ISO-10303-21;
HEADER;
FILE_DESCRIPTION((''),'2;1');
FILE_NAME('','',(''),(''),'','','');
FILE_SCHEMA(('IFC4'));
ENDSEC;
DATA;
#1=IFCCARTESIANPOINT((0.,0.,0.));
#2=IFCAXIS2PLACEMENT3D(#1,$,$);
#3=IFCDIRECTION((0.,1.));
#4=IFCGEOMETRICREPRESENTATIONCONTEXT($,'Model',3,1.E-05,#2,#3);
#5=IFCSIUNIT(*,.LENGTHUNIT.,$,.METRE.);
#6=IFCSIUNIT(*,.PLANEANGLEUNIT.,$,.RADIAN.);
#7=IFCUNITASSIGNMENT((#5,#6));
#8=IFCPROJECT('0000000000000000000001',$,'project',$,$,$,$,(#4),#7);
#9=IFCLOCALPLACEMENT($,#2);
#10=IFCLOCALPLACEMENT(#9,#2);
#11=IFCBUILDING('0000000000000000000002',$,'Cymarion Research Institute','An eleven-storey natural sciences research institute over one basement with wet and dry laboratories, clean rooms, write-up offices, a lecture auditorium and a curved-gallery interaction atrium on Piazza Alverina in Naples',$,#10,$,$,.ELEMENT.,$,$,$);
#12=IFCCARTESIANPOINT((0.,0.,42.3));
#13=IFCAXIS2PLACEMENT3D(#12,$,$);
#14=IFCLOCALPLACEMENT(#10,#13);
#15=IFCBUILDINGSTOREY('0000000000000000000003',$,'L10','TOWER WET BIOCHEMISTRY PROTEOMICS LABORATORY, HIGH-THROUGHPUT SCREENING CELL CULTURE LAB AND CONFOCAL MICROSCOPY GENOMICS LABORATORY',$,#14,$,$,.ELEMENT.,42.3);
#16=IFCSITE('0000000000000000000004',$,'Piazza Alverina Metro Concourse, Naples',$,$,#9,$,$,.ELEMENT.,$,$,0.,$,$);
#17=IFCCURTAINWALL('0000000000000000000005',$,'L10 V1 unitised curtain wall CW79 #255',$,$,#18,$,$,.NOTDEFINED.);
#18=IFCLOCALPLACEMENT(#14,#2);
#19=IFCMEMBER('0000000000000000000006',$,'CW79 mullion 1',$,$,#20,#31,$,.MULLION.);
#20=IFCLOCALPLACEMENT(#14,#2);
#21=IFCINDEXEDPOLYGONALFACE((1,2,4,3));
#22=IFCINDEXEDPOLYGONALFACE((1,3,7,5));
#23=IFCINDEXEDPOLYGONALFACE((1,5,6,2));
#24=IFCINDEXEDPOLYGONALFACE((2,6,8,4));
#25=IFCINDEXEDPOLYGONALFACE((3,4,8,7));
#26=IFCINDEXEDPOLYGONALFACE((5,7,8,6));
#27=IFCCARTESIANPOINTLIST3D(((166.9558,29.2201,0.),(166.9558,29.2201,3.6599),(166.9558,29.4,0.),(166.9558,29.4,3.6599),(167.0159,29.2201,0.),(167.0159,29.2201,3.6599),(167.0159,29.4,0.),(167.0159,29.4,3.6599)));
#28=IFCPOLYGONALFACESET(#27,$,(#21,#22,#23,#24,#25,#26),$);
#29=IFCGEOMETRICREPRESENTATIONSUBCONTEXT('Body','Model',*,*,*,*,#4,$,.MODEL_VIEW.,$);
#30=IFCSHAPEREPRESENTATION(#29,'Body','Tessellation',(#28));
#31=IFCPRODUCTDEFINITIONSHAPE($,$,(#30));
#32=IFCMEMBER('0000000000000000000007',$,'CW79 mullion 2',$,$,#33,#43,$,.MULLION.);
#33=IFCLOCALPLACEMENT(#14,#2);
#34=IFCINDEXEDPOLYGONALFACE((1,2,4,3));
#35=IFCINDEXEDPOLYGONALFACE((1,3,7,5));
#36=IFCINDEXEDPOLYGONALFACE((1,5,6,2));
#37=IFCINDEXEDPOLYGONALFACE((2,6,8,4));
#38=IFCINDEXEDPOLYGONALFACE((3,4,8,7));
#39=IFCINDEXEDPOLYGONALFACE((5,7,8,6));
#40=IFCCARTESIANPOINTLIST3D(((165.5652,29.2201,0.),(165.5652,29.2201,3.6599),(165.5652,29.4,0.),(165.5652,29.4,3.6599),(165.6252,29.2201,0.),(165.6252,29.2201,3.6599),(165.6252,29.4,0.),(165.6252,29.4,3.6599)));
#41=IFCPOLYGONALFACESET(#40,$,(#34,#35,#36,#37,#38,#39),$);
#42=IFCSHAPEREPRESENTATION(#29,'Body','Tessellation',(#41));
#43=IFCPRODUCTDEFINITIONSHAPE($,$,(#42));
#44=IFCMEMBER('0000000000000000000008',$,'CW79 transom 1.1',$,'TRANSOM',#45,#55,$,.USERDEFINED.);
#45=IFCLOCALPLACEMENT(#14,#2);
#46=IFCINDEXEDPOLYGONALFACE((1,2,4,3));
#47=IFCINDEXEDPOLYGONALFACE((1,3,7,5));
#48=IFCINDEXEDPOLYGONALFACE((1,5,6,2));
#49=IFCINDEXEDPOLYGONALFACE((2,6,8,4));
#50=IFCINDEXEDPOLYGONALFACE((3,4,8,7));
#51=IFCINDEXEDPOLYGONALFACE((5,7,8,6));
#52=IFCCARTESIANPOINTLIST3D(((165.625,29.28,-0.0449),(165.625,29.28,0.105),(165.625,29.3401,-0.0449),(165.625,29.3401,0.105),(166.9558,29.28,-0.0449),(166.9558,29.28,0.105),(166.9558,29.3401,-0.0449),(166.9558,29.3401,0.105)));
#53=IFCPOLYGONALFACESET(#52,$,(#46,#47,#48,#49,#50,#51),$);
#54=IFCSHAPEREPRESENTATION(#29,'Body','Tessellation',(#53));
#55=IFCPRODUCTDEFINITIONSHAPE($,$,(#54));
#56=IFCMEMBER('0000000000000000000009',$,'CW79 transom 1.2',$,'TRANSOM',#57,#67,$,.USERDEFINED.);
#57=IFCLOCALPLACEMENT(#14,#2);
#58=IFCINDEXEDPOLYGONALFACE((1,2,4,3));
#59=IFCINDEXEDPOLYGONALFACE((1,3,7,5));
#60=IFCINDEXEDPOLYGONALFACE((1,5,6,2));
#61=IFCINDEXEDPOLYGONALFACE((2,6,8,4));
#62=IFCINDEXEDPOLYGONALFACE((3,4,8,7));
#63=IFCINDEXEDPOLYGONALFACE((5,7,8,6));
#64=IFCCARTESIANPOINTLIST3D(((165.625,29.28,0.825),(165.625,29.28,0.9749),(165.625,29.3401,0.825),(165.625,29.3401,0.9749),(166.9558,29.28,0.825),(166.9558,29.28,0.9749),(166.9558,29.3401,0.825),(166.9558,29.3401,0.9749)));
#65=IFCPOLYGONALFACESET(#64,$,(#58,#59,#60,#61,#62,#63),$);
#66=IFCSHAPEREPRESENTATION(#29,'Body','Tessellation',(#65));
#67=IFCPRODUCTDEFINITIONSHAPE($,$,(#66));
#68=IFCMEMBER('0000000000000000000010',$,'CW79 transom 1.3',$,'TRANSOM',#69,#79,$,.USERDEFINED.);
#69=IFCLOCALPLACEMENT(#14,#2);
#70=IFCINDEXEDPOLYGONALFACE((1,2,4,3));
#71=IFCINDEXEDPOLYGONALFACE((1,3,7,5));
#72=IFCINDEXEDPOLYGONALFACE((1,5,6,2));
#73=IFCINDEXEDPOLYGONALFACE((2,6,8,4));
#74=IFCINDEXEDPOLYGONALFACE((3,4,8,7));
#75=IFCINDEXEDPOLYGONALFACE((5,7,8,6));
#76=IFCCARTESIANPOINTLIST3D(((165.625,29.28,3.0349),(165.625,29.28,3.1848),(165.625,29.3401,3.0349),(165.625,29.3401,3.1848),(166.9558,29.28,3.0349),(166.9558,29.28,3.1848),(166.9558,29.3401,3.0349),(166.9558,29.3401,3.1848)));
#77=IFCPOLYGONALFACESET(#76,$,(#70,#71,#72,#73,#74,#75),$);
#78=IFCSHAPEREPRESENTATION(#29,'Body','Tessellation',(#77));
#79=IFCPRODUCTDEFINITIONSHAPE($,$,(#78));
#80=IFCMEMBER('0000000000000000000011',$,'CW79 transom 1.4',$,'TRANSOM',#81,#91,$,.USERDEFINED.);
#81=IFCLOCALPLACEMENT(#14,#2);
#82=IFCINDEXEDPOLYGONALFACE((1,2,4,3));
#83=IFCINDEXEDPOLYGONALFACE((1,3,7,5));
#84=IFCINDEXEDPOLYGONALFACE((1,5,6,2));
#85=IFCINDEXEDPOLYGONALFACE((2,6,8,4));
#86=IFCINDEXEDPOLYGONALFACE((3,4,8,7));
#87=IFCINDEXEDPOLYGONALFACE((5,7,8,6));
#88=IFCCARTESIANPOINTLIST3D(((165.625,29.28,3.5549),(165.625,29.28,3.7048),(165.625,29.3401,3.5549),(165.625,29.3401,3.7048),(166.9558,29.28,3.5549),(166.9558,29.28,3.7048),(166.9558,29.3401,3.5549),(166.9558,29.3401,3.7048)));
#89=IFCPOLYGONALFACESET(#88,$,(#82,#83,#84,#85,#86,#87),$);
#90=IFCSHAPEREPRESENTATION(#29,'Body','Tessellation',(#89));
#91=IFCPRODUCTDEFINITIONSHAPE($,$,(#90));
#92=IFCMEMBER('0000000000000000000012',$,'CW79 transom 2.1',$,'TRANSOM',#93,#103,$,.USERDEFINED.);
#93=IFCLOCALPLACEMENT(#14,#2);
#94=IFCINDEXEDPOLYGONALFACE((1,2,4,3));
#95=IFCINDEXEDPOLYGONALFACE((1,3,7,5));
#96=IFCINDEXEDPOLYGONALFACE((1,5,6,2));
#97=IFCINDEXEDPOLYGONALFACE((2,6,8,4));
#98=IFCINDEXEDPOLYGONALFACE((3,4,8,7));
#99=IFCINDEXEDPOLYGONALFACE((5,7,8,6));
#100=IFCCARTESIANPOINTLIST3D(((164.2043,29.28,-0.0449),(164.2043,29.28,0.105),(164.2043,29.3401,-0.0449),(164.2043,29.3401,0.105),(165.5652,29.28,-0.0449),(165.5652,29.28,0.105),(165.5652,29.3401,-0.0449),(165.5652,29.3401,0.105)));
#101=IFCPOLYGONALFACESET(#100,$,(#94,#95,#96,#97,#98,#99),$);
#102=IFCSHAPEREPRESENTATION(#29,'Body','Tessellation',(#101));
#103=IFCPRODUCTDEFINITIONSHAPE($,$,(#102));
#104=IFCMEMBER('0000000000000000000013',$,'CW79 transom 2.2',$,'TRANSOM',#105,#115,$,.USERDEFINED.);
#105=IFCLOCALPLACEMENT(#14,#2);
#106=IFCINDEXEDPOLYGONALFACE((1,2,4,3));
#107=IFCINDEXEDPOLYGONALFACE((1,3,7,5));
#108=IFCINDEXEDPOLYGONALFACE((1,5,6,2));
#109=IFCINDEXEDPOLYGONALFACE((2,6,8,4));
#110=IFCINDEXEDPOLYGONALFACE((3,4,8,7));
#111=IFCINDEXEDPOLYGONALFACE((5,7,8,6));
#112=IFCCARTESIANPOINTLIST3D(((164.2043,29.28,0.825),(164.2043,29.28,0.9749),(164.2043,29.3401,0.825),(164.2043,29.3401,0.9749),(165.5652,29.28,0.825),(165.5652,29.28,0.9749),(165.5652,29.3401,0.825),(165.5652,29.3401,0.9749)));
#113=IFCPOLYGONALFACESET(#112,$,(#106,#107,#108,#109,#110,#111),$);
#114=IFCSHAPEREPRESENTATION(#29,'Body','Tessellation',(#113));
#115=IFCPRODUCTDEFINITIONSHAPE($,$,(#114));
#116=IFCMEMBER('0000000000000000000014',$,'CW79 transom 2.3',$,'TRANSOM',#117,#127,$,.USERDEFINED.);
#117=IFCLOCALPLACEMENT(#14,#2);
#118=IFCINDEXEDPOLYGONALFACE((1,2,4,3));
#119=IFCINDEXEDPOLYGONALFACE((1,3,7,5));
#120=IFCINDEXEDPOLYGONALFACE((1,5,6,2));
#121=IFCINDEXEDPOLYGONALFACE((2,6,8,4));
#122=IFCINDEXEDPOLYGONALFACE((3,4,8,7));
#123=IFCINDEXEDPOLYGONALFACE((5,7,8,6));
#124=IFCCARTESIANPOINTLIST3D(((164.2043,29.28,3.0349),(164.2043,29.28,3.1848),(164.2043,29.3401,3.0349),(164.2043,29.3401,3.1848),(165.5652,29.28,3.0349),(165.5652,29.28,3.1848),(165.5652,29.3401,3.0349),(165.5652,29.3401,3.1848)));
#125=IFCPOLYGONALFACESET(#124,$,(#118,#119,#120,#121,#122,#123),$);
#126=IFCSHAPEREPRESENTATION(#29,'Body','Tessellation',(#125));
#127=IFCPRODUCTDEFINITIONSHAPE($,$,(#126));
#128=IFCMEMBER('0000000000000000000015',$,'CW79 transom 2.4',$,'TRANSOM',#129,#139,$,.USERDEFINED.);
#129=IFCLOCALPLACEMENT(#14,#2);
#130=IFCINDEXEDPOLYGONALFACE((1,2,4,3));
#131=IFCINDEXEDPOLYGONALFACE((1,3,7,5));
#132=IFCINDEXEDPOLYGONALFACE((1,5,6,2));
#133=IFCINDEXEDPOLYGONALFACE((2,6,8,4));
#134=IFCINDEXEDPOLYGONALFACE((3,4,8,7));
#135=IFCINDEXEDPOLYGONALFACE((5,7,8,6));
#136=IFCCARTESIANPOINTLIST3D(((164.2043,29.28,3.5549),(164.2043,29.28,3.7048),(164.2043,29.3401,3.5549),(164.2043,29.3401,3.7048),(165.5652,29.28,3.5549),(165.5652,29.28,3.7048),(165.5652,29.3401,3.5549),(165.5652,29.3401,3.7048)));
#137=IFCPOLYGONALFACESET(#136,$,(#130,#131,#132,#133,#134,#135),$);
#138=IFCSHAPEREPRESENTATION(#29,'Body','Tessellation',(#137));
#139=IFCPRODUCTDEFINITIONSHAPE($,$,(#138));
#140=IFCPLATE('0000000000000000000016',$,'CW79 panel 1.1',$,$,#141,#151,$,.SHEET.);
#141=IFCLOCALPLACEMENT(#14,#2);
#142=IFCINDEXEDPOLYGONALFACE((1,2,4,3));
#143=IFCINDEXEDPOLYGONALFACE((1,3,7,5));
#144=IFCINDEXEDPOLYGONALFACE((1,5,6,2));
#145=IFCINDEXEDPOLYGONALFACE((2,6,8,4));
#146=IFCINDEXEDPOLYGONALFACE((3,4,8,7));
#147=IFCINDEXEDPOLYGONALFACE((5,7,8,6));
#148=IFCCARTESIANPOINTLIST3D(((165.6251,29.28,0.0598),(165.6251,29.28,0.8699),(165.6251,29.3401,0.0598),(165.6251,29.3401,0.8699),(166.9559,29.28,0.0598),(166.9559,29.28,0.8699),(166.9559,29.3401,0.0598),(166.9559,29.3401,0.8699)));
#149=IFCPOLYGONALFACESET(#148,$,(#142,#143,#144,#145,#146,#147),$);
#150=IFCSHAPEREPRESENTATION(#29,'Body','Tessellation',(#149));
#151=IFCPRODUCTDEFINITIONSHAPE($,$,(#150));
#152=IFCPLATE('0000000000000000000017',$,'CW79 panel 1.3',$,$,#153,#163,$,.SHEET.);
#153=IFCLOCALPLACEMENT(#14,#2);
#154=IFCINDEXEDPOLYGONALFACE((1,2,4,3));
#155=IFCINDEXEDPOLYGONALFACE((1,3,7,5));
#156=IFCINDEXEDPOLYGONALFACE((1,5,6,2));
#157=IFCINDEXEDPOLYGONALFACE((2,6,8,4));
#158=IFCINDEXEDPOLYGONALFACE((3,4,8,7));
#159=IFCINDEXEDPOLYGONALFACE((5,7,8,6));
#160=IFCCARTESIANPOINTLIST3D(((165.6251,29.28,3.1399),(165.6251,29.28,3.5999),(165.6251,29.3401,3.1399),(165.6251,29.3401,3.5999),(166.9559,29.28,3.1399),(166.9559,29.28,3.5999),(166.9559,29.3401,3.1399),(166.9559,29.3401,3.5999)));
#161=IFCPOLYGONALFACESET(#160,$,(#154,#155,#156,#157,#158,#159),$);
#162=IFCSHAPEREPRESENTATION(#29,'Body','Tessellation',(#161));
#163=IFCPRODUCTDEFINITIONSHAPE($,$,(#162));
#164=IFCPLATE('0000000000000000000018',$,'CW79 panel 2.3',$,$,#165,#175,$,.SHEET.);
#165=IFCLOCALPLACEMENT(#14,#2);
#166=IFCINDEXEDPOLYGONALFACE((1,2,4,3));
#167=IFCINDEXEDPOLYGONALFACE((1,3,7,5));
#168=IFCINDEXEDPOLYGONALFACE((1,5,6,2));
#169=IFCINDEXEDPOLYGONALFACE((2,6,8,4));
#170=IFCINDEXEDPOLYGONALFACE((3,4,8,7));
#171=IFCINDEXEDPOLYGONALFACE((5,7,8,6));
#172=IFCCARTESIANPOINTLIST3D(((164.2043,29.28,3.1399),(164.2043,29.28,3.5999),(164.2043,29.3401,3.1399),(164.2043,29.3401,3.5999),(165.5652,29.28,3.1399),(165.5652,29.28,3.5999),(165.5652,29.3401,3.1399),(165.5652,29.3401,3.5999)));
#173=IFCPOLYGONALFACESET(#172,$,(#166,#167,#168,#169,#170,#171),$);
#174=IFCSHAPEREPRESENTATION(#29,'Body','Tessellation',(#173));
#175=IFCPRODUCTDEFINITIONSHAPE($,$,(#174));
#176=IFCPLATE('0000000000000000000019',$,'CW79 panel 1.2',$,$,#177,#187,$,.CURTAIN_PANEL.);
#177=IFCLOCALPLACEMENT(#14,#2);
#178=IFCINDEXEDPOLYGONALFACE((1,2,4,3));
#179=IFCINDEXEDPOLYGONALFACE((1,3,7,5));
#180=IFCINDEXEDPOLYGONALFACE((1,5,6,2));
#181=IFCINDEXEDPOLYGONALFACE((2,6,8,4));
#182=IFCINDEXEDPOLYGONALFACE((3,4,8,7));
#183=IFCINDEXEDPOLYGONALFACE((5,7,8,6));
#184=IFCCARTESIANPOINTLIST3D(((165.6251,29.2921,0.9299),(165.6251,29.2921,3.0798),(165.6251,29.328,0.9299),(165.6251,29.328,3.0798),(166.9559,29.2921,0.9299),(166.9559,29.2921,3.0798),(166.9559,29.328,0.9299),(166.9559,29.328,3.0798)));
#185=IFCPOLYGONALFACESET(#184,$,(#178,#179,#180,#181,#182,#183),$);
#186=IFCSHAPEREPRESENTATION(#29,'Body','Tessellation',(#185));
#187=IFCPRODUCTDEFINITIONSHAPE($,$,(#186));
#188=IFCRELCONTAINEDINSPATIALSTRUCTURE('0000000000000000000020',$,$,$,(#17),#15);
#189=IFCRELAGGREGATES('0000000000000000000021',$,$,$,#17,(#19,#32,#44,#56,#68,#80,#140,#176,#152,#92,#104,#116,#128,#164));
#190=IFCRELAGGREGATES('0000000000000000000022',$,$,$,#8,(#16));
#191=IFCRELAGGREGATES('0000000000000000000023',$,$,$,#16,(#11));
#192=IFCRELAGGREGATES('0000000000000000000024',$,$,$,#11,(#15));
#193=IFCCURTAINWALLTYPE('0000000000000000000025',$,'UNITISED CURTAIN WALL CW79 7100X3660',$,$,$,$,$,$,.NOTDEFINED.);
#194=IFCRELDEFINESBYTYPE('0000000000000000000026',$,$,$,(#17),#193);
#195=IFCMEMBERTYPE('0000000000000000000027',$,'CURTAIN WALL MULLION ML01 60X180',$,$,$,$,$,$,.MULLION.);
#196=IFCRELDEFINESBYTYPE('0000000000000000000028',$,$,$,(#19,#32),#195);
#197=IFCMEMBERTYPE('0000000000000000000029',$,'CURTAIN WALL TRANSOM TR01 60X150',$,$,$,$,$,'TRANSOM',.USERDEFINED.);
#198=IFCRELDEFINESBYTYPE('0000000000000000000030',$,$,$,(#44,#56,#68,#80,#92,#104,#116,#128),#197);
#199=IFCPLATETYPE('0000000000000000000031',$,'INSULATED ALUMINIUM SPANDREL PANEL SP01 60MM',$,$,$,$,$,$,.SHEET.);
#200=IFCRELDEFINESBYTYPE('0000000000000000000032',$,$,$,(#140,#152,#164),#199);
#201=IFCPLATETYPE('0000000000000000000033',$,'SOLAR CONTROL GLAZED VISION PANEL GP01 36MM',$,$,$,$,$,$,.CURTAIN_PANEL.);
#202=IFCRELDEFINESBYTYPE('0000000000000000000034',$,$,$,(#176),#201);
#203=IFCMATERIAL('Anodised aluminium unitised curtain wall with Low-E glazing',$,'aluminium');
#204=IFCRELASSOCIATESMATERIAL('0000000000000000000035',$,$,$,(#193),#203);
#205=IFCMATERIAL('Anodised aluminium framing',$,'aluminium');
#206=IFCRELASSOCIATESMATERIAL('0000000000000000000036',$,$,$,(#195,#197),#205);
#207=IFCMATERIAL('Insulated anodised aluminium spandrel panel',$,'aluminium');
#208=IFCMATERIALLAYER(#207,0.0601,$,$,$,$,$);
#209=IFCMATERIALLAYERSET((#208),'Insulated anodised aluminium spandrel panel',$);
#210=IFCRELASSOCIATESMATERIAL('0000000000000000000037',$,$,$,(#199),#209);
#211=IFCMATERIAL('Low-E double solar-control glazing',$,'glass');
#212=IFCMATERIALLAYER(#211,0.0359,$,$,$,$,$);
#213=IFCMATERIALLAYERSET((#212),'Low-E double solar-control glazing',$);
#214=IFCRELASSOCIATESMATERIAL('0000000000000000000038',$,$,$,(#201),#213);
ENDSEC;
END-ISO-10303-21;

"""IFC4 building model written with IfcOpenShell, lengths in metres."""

from ifc_helpers import new_model, si_unit, direction, frame, origin, origin_2d, place, context, subcontext, project, spatial, rectangle, extrude, material, layer, layer_set, material_profile, profile_set, type_object, element, aggregate, save


model = new_model("IFC4")

# Units and contexts
model_context = context("Model", 3, precision=1e-05, world=origin(), true_north=direction((0.0, 1.0)))
body_context = subcontext(model_context, "Body", "Model", "MODEL_VIEW")
ifc_project = project(units=[si_unit("LENGTHUNIT", "METRE"), si_unit("PLANEANGLEUNIT", "RADIAN")], contexts=[model_context])

# Site, building, storey
site_placement = place(None, origin())
site = spatial("IfcSite", under=ifc_project, at=site_placement, Name="Piazza Alverina Metro Concourse, Naples", CompositionType="ELEMENT", RefElevation=0.0)
building_placement = place(site_placement, origin())
building = spatial("IfcBuilding", under=site, at=building_placement, Name="Cymarion Research Institute", Description="An eleven-storey natural sciences research institute over one basement with wet and dry laboratories, clean rooms, write-up offices, a lecture auditorium and a curved-gallery interaction atrium on Piazza Alverina in Naples", CompositionType="ELEMENT")
storey_placement = place(building_placement, frame((0.0, 0.0, 42.3)))
storey = spatial("IfcBuildingStorey", under=building, at=storey_placement, Name="L10", Description="TOWER WET BIOCHEMISTRY PROTEOMICS LABORATORY, HIGH-THROUGHPUT SCREENING CELL CULTURE LAB AND CONFOCAL MICROSCOPY GENOMICS LABORATORY", CompositionType="ELEMENT", Elevation=42.3)

# Curtain wall, members, plates
ifc_material_1 = material(Name="Anodised aluminium unitised curtain wall with Low-E glazing", Category="aluminium")
curtain_wall_type = type_object("IfcCurtainWallType", Name="UNITISED CURTAIN WALL CW79 7100X3660", PredefinedType="NOTDEFINED", material=ifc_material_1)
curtain_wall_placement = place(storey_placement, origin())
curtain_wall = element("IfcCurtainWall", 1, at=curtain_wall_placement, inside=storey, type_object=curtain_wall_type, Name="L10 V1 unitised curtain wall CW79 #255", PredefinedType="NOTDEFINED")
ifc_material_2 = material(Name="Anodised aluminium framing", Category="aluminium")
ifc_material_profile_1 = material_profile(ifc_material_2, rectangle(XDim=0.0601, YDim=0.1799, at=origin_2d()), Name="ALU MULLION 60x180")
ifc_profile_set_1 = profile_set([ifc_material_profile_1], Name="Anodised aluminium framing")
member_type_1 = type_object("IfcMemberType", Name="CURTAIN WALL MULLION ML01 60X180", PredefinedType="MULLION", material=ifc_profile_set_1)
member_1_placement = place(storey_placement, frame((166.9858, 29.3101, 0.0), z_axis=(0.0, 0.0, 1.0), x_axis=(-1.0, 0.0, 0.0)))
member_1 = element("IfcMember", 2, at=member_1_placement, type_object=member_type_1, Name="CW79 mullion 1", PredefinedType="MULLION", context=body_context, shape_type="SweptSolid", body=[
    extrude(rectangle(XDim=0.0601, YDim=0.1799, at=origin_2d()), origin(), (0.0, 0.0, 1.0), 3.6599),
])
member_2_placement = place(storey_placement, frame((165.5952, 29.3101, 0.0), z_axis=(0.0, 0.0, 1.0), x_axis=(-1.0, 0.0, 0.0)))
member_2 = element("IfcMember", 3, at=member_2_placement, type_object=member_type_1, Name="CW79 mullion 2", PredefinedType="MULLION", context=body_context, shape_type="SweptSolid", body=[
    extrude(rectangle(XDim=0.0601, YDim=0.1799, at=origin_2d()), origin(), (0.0, 0.0, 1.0), 3.6599),
])
ifc_material_profile_2 = material_profile(ifc_material_2, rectangle(XDim=0.0601, YDim=0.1499, at=origin_2d()), Name="ALU TRANSOM 60x150")
ifc_profile_set_2 = profile_set([ifc_material_profile_2], Name="Anodised aluminium framing")
member_type_2 = type_object("IfcMemberType", Name="CURTAIN WALL TRANSOM TR01 60X150", ElementType="TRANSOM", PredefinedType="USERDEFINED", material=ifc_profile_set_2)
member_3_placement = place(storey_placement, frame((166.9558, 29.3101, 0.03), z_axis=(-1.0, 0.0, 0.0), x_axis=(0.0, -1.0, 0.0)))
member_3 = element("IfcMember", 4, at=member_3_placement, type_object=member_type_2, Name="CW79 transom 1.1", ObjectType="TRANSOM", PredefinedType="USERDEFINED", context=body_context, shape_type="SweptSolid", body=[
    extrude(rectangle(XDim=0.0601, YDim=0.1499, at=origin_2d()), origin(), (0.0, 0.0, 1.0), 1.3308),
])
member_4_placement = place(storey_placement, frame((166.9558, 29.3101, 0.8999), z_axis=(-1.0, 0.0, 0.0), x_axis=(0.0, -1.0, 0.0)))
member_4 = element("IfcMember", 5, at=member_4_placement, type_object=member_type_2, Name="CW79 transom 1.2", ObjectType="TRANSOM", PredefinedType="USERDEFINED", context=body_context, shape_type="SweptSolid", body=[
    extrude(rectangle(XDim=0.0601, YDim=0.1499, at=origin_2d()), origin(), (0.0, 0.0, 1.0), 1.3308),
])
member_5_placement = place(storey_placement, frame((166.9558, 29.3101, 3.1099), z_axis=(-1.0, 0.0, 0.0), x_axis=(0.0, -1.0, 0.0)))
member_5 = element("IfcMember", 6, at=member_5_placement, type_object=member_type_2, Name="CW79 transom 1.3", ObjectType="TRANSOM", PredefinedType="USERDEFINED", context=body_context, shape_type="SweptSolid", body=[
    extrude(rectangle(XDim=0.0601, YDim=0.1499, at=origin_2d()), origin(), (0.0, 0.0, 1.0), 1.3308),
])
member_6_placement = place(storey_placement, frame((166.9558, 29.3101, 3.6299), z_axis=(-1.0, 0.0, 0.0), x_axis=(0.0, -1.0, 0.0)))
member_6 = element("IfcMember", 7, at=member_6_placement, type_object=member_type_2, Name="CW79 transom 1.4", ObjectType="TRANSOM", PredefinedType="USERDEFINED", context=body_context, shape_type="SweptSolid", body=[
    extrude(rectangle(XDim=0.0601, YDim=0.1499, at=origin_2d()), origin(), (0.0, 0.0, 1.0), 1.3308),
])
member_7_placement = place(storey_placement, frame((165.5652, 29.3101, 0.03), z_axis=(-1.0, 0.0, 0.0), x_axis=(0.0, -1.0, 0.0)))
member_7 = element("IfcMember", 8, at=member_7_placement, type_object=member_type_2, Name="CW79 transom 2.1", ObjectType="TRANSOM", PredefinedType="USERDEFINED", context=body_context, shape_type="SweptSolid", body=[
    extrude(rectangle(XDim=0.0601, YDim=0.1499, at=origin_2d()), origin(), (0.0, 0.0, 1.0), 1.3608),
])
member_8_placement = place(storey_placement, frame((165.5652, 29.3101, 0.8999), z_axis=(-1.0, 0.0, 0.0), x_axis=(0.0, -1.0, 0.0)))
member_8 = element("IfcMember", 9, at=member_8_placement, type_object=member_type_2, Name="CW79 transom 2.2", ObjectType="TRANSOM", PredefinedType="USERDEFINED", context=body_context, shape_type="SweptSolid", body=[
    extrude(rectangle(XDim=0.0601, YDim=0.1499, at=origin_2d()), origin(), (0.0, 0.0, 1.0), 1.3608),
])
member_9_placement = place(storey_placement, frame((165.5652, 29.3101, 3.1099), z_axis=(-1.0, 0.0, 0.0), x_axis=(0.0, -1.0, 0.0)))
member_9 = element("IfcMember", 10, at=member_9_placement, type_object=member_type_2, Name="CW79 transom 2.3", ObjectType="TRANSOM", PredefinedType="USERDEFINED", context=body_context, shape_type="SweptSolid", body=[
    extrude(rectangle(XDim=0.0601, YDim=0.1499, at=origin_2d()), origin(), (0.0, 0.0, 1.0), 1.3608),
])
member_10_placement = place(storey_placement, frame((165.5652, 29.3101, 3.6299), z_axis=(-1.0, 0.0, 0.0), x_axis=(0.0, -1.0, 0.0)))
member_10 = element("IfcMember", 11, at=member_10_placement, type_object=member_type_2, Name="CW79 transom 2.4", ObjectType="TRANSOM", PredefinedType="USERDEFINED", context=body_context, shape_type="SweptSolid", body=[
    extrude(rectangle(XDim=0.0601, YDim=0.1499, at=origin_2d()), origin(), (0.0, 0.0, 1.0), 1.3608),
])
ifc_material_3 = material(Name="Insulated anodised aluminium spandrel panel", Category="aluminium")
ifc_layer_1 = layer(ifc_material_3, 0.0601)
ifc_layer_set_1 = layer_set([ifc_layer_1], Name="Insulated anodised aluminium spandrel panel")
plate_type_1 = type_object("IfcPlateType", Name="INSULATED ALUMINIUM SPANDREL PANEL SP01 60MM", PredefinedType="SHEET", material=ifc_layer_set_1)
plate_1_placement = place(storey_placement, frame((166.2905, 29.3101, 0.0598), z_axis=(0.0, 0.0, 1.0), x_axis=(-1.0, 0.0, 0.0)))
plate_1 = element("IfcPlate", 12, at=plate_1_placement, type_object=plate_type_1, Name="CW79 panel 1.1", PredefinedType="SHEET", context=body_context, shape_type="SweptSolid", body=[
    extrude(rectangle(XDim=1.3308, YDim=0.0601, at=origin_2d()), origin(), (0.0, 0.0, 1.0), 0.8101),
])
plate_2_placement = place(storey_placement, frame((166.2905, 29.3101, 3.1399), z_axis=(0.0, 0.0, 1.0), x_axis=(-1.0, 0.0, 0.0)))
plate_2 = element("IfcPlate", 13, at=plate_2_placement, type_object=plate_type_1, Name="CW79 panel 1.3", PredefinedType="SHEET", context=body_context, shape_type="SweptSolid", body=[
    extrude(rectangle(XDim=1.3308, YDim=0.0601, at=origin_2d()), origin(), (0.0, 0.0, 1.0), 0.46),
])
plate_3_placement = place(storey_placement, frame((164.8848, 29.3101, 3.1399), z_axis=(0.0, 0.0, 1.0), x_axis=(-1.0, 0.0, 0.0)))
plate_3 = element("IfcPlate", 14, at=plate_3_placement, type_object=plate_type_1, Name="CW79 panel 2.3", PredefinedType="SHEET", context=body_context, shape_type="SweptSolid", body=[
    extrude(rectangle(XDim=1.3608, YDim=0.0601, at=origin_2d()), origin(), (0.0, 0.0, 1.0), 0.46),
])
ifc_material_4 = material(Name="Low-E double solar-control glazing", Category="glass")
ifc_layer_2 = layer(ifc_material_4, 0.0359)
ifc_layer_set_2 = layer_set([ifc_layer_2], Name="Low-E double solar-control glazing")
plate_type_2 = type_object("IfcPlateType", Name="SOLAR CONTROL GLAZED VISION PANEL GP01 36MM", PredefinedType="CURTAIN_PANEL", material=ifc_layer_set_2)
plate_4_placement = place(storey_placement, frame((166.2905, 29.3101, 0.9299), z_axis=(0.0, 0.0, 1.0), x_axis=(-1.0, 0.0, 0.0)))
plate_4 = element("IfcPlate", 15, at=plate_4_placement, type_object=plate_type_2, Name="CW79 panel 1.2", PredefinedType="CURTAIN_PANEL", context=body_context, shape_type="SweptSolid", body=[
    extrude(rectangle(XDim=1.3308, YDim=0.0359, at=origin_2d()), origin(), (0.0, 0.0, 1.0), 2.1499),
])
aggregate(curtain_wall, [member_1, member_2, member_3, member_4, member_5, member_6, plate_1, plate_4, plate_2, member_7, member_8, member_9, member_10, plate_3])

save(model, "model.ifc")
